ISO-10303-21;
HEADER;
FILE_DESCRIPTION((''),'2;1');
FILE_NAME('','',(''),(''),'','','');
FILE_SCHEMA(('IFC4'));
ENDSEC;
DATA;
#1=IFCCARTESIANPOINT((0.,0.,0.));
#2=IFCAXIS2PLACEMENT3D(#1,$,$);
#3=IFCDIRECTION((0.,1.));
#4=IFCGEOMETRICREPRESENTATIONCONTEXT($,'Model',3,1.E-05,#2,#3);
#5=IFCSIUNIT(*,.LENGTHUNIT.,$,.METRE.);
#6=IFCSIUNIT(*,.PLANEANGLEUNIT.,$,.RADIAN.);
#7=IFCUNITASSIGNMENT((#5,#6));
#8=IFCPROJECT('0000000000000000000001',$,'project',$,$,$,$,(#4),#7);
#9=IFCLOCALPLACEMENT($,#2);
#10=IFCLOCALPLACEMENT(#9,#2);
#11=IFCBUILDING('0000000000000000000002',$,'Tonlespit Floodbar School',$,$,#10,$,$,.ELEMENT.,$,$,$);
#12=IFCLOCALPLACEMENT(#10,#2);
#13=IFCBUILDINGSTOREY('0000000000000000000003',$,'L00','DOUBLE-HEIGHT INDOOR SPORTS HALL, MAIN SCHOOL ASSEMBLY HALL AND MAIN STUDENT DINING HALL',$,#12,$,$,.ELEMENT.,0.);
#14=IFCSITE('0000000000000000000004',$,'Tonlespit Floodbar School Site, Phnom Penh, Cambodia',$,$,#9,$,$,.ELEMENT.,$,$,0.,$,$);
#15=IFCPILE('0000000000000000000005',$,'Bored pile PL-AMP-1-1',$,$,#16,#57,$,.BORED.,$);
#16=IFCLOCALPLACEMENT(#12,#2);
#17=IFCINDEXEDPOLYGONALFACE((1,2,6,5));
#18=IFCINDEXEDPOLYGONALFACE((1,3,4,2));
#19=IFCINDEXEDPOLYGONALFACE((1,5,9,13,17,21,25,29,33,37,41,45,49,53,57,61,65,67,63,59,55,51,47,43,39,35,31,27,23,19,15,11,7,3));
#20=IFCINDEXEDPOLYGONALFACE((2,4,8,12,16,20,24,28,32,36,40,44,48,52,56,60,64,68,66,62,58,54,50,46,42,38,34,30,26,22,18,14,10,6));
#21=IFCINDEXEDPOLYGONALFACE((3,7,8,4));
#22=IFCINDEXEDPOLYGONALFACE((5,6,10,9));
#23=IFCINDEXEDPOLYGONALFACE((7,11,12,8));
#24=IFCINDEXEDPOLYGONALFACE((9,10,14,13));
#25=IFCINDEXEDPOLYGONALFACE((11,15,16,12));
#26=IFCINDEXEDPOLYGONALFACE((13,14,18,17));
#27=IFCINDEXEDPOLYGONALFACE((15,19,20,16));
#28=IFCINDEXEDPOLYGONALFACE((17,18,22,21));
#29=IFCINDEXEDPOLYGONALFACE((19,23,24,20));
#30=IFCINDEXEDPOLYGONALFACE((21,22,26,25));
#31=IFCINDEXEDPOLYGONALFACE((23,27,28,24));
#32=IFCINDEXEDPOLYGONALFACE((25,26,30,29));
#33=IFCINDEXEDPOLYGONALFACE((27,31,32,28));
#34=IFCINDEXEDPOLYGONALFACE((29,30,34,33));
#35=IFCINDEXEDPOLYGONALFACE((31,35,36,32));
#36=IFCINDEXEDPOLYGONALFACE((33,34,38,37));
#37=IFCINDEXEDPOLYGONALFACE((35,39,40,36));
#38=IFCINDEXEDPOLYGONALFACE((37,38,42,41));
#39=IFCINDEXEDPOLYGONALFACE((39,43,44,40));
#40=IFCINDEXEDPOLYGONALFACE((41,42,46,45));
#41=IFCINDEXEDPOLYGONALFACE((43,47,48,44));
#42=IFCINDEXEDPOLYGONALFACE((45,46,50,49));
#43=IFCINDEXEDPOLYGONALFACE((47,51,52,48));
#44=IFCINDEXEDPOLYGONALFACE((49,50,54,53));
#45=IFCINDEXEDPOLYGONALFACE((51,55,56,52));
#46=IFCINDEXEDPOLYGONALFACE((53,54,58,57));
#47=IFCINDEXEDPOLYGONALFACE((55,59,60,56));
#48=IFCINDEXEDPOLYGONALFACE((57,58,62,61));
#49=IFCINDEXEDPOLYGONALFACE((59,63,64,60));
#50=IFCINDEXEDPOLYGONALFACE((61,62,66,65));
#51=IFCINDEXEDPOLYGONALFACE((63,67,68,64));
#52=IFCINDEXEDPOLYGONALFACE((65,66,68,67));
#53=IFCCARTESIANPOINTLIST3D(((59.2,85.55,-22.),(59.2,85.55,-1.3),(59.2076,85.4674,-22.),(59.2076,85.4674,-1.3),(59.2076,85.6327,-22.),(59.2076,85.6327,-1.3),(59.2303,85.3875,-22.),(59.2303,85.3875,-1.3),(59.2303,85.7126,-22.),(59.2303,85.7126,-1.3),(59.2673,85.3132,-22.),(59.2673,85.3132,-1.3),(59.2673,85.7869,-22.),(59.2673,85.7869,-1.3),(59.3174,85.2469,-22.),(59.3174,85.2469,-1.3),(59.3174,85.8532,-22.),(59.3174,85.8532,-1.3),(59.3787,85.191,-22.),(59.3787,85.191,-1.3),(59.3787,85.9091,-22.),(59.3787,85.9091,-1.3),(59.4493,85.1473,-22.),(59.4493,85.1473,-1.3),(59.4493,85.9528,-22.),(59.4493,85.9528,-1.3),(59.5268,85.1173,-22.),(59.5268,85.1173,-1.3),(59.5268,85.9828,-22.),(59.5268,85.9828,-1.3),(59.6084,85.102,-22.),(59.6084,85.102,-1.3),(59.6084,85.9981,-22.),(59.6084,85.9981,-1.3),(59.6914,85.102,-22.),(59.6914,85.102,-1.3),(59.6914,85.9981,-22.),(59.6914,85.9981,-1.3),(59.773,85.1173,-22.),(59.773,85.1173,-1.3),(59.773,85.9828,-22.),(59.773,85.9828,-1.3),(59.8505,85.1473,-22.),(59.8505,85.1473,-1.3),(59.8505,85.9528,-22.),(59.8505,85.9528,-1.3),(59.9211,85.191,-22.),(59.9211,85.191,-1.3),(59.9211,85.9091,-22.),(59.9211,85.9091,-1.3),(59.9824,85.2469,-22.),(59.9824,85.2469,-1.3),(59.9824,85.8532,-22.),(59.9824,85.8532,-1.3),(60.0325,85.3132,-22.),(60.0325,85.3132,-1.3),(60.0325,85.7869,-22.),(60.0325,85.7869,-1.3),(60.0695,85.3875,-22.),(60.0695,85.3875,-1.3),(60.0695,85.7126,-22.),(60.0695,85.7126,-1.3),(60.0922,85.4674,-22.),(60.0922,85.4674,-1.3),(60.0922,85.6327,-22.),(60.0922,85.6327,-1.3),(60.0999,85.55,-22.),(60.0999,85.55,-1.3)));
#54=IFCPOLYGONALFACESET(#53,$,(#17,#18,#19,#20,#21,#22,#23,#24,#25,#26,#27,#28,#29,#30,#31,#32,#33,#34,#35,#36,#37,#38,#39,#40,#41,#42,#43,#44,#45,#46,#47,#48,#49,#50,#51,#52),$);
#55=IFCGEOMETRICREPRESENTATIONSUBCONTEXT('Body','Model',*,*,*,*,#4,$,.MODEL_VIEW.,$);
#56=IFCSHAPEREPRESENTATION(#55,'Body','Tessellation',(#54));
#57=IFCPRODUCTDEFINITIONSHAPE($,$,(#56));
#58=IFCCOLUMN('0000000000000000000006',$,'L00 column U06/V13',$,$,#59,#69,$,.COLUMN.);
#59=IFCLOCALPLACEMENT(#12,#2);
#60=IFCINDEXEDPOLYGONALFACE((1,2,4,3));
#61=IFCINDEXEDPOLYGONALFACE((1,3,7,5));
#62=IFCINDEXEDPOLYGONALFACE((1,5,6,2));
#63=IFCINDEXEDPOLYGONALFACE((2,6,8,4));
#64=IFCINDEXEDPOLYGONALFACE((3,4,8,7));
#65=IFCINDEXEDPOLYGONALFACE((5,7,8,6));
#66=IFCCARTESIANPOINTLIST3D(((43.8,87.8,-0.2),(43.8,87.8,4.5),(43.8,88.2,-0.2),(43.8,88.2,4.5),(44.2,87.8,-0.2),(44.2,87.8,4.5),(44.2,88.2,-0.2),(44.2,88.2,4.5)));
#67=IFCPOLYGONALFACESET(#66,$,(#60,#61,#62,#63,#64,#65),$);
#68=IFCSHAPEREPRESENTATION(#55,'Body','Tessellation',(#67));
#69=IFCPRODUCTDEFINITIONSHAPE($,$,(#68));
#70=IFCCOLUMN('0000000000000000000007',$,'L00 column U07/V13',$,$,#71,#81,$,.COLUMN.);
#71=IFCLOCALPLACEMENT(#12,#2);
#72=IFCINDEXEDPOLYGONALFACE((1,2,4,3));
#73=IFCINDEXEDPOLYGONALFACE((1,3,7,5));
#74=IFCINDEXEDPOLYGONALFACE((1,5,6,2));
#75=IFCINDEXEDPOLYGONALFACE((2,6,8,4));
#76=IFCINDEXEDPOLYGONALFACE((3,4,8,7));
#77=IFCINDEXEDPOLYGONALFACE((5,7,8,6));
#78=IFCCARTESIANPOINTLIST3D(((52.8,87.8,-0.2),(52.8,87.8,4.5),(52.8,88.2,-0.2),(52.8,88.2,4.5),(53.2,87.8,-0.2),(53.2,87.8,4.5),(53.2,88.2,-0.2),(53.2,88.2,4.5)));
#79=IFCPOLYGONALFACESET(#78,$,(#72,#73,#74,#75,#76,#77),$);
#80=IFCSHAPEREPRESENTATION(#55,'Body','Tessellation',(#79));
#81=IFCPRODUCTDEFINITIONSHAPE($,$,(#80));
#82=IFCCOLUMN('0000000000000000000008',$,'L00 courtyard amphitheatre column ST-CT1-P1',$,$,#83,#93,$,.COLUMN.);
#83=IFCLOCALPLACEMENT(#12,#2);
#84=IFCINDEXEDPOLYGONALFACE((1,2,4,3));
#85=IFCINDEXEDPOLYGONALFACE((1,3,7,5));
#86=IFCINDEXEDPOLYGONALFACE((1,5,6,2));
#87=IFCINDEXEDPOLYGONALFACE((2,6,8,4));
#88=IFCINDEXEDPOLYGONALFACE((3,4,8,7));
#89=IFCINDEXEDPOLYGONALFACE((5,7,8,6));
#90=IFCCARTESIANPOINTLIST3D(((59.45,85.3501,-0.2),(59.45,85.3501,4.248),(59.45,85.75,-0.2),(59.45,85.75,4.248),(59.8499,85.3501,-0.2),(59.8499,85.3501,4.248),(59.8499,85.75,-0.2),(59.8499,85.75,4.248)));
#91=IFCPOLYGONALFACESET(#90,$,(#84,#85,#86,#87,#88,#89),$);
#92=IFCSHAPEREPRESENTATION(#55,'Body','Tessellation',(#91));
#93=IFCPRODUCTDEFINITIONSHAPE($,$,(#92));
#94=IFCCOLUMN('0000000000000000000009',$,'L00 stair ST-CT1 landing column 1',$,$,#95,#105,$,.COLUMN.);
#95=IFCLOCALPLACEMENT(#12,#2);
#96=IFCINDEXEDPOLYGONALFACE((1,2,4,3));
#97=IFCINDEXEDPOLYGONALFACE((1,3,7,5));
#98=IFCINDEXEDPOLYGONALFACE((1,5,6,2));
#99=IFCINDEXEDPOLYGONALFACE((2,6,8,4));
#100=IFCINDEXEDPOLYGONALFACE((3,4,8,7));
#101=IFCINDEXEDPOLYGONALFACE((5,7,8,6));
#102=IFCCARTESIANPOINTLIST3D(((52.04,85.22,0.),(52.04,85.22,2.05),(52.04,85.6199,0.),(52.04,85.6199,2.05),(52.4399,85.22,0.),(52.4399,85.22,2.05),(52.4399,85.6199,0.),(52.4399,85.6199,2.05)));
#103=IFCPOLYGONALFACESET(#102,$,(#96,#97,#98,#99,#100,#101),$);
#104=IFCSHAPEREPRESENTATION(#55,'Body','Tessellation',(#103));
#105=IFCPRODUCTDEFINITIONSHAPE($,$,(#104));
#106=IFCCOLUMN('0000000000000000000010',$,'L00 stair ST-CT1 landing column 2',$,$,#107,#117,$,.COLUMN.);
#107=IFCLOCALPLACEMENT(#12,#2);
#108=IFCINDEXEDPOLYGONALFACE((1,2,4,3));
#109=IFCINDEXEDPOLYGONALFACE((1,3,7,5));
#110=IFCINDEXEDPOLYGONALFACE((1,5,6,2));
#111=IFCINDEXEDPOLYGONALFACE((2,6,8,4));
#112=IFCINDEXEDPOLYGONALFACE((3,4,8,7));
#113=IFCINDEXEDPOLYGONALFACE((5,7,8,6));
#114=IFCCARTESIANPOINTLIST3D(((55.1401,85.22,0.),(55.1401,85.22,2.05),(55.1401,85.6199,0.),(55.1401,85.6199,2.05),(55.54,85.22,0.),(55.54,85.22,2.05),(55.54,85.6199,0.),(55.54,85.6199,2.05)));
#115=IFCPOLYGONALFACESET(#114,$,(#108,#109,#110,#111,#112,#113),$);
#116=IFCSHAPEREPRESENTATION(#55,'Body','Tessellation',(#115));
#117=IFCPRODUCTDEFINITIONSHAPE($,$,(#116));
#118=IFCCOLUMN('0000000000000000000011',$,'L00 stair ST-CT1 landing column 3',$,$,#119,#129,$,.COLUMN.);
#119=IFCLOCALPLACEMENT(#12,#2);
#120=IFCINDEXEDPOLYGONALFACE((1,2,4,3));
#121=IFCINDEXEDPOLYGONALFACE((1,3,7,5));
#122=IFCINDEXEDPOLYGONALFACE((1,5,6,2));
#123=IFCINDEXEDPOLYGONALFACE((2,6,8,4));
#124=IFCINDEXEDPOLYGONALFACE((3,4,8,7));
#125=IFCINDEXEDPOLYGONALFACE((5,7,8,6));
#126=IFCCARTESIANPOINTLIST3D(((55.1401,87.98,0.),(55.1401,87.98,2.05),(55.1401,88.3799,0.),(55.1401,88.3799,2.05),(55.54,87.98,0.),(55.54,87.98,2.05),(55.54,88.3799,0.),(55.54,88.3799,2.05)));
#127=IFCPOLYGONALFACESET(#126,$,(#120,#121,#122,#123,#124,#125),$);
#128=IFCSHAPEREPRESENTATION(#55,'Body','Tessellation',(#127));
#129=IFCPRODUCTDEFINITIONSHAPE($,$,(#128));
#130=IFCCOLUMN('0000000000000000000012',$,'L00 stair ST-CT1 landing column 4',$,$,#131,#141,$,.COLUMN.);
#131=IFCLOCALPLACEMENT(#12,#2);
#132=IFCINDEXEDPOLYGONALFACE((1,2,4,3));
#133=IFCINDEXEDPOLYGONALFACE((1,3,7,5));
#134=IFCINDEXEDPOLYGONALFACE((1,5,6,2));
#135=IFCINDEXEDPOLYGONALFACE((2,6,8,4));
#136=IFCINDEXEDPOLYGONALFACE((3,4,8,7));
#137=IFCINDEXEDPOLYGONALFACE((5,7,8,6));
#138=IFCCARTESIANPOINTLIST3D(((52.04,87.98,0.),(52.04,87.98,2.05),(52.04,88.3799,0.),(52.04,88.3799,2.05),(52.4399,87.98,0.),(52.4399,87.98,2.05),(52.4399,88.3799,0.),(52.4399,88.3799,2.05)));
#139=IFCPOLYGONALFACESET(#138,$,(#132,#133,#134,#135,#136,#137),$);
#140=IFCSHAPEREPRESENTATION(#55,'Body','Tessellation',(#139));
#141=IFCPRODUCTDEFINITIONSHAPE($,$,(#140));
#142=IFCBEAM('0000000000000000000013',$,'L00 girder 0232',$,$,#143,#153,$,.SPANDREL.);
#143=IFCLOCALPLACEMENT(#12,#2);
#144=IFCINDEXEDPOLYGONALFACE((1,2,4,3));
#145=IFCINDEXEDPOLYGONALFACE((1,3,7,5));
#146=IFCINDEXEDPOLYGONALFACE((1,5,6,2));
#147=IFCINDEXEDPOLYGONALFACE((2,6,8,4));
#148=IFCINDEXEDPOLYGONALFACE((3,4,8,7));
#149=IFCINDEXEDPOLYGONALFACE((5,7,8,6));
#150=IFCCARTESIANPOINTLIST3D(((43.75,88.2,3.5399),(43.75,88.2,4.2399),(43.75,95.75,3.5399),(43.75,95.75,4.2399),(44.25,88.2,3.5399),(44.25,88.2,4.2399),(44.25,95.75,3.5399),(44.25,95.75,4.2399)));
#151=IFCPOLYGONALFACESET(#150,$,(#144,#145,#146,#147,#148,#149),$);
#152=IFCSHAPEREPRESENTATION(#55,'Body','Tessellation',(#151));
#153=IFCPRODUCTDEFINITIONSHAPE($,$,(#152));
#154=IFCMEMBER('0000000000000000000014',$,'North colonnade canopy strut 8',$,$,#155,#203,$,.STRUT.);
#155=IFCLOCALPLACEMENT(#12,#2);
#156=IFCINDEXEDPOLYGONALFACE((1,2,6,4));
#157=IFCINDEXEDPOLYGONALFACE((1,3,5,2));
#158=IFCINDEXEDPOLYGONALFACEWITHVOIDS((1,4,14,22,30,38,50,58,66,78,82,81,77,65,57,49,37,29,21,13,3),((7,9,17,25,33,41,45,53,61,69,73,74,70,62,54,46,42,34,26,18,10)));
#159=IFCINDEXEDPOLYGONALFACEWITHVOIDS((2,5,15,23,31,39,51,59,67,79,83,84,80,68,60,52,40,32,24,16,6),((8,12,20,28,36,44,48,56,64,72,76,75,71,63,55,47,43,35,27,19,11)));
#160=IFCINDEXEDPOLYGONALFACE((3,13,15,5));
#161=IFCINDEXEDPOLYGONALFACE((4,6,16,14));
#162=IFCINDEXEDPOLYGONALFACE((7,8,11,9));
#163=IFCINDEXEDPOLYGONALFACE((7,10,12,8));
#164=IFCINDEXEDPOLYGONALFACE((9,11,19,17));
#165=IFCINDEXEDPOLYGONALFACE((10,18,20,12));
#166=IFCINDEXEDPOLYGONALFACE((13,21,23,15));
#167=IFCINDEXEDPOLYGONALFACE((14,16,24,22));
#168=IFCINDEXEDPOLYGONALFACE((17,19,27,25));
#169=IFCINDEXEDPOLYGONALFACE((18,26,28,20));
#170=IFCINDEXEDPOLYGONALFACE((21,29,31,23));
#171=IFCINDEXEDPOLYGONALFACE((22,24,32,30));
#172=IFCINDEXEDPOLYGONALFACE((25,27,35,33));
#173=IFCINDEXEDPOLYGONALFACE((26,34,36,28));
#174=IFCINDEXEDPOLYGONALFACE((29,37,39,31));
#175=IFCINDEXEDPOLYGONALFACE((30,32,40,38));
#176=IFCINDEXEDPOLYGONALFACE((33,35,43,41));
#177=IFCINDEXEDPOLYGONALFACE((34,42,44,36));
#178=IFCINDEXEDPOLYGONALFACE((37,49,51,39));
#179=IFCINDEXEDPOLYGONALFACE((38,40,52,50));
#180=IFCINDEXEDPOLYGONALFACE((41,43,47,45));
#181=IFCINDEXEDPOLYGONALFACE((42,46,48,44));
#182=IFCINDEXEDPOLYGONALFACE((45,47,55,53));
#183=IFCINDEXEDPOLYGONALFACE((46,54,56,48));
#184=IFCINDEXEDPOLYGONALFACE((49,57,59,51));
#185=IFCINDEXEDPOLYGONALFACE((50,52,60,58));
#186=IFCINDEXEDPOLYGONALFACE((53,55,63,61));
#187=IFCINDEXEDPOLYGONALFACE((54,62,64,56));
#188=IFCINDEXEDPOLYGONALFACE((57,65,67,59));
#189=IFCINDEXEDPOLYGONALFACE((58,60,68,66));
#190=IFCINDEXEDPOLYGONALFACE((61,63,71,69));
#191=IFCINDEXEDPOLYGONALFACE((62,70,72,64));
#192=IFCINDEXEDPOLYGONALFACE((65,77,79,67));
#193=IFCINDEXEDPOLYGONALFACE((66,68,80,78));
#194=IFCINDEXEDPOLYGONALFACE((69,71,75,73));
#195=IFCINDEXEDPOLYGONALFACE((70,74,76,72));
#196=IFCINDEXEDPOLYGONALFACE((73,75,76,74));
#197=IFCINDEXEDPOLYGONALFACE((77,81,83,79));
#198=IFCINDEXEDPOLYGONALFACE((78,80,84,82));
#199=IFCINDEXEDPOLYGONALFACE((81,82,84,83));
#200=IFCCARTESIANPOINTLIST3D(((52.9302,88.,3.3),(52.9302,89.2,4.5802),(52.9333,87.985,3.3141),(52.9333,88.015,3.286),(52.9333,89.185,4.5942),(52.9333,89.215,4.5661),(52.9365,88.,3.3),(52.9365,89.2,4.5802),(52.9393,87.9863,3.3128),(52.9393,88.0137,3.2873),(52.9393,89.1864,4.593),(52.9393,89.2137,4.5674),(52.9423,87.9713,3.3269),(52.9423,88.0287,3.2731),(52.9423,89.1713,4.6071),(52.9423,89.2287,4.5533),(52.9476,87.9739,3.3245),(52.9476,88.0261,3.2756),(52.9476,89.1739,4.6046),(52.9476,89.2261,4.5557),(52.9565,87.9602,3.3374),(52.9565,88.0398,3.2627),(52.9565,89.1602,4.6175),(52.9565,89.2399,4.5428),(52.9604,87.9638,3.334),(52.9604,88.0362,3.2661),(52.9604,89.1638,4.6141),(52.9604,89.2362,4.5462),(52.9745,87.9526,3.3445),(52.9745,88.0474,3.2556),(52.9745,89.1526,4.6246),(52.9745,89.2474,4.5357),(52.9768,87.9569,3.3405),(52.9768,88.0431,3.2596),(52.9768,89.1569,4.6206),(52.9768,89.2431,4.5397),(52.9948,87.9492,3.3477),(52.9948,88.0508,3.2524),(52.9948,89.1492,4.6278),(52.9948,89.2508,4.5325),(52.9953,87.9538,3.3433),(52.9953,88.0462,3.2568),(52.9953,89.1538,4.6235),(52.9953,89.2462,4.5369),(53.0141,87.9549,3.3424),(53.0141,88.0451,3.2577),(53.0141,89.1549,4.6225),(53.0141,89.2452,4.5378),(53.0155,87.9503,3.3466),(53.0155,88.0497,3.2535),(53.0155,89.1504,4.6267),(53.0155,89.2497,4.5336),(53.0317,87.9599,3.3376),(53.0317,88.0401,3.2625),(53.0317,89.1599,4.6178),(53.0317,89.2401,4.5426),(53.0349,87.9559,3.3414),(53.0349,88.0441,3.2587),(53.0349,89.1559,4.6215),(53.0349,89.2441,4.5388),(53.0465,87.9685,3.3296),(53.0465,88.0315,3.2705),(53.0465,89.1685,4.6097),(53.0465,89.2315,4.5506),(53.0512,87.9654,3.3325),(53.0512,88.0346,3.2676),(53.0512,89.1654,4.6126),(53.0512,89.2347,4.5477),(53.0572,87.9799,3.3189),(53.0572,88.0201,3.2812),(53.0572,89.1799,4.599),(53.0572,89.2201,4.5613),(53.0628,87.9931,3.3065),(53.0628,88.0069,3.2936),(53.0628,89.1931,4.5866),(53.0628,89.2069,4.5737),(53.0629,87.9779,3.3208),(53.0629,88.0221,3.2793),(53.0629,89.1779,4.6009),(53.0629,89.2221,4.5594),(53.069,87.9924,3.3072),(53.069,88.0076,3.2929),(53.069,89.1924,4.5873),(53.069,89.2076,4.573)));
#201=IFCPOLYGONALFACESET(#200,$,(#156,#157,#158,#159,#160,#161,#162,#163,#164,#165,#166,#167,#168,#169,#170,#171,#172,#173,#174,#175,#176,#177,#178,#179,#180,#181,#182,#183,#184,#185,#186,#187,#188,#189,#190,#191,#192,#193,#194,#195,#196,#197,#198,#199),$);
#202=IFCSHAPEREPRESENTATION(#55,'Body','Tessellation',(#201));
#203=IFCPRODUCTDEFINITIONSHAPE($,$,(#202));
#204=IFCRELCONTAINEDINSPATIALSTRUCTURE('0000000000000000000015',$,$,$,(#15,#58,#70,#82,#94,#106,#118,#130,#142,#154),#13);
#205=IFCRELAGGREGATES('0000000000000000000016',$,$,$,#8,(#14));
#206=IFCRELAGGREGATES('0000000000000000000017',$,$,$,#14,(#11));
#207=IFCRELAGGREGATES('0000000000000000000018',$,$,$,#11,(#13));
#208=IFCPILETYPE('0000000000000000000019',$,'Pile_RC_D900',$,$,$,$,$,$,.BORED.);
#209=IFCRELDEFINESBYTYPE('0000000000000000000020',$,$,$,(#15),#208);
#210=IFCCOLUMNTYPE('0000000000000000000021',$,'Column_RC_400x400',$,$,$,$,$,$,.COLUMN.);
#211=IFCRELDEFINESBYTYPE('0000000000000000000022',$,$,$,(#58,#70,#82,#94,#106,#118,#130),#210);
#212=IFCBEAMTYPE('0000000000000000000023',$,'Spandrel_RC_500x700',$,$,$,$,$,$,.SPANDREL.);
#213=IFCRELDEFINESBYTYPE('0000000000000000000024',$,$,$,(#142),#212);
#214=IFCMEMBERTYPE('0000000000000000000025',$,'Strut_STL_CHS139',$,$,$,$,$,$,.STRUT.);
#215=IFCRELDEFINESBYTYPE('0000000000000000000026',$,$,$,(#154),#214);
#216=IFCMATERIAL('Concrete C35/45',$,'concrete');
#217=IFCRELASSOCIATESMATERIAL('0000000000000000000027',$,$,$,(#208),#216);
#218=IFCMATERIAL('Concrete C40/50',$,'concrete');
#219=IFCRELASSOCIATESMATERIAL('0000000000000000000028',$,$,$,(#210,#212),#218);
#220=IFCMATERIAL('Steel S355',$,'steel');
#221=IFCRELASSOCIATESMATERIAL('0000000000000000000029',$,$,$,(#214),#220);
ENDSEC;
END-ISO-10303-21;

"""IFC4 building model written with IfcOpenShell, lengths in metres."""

from ifc_helpers import new_model, si_unit, direction, frame, origin, origin_2d, place, context, subcontext, project, spatial, rectangle, circle, hollow_circle, extrude, material, material_profile, profile_set, type_object, element, save


model = new_model("IFC4")

# Units and contexts
model_context = context("Model", 3, precision=1e-05, world=origin(), true_north=direction((0.0, 1.0)))
body_context = subcontext(model_context, "Body", "Model", "MODEL_VIEW")
ifc_project = project(units=[si_unit("LENGTHUNIT", "METRE"), si_unit("PLANEANGLEUNIT", "RADIAN")], contexts=[model_context])

# Site, building, storey
site_placement = place(None, origin())
site = spatial("IfcSite", under=ifc_project, at=site_placement, Name="Tonlespit Floodbar School Site, Phnom Penh, Cambodia", CompositionType="ELEMENT", RefElevation=0.0)
building_placement = place(site_placement, origin())
building = spatial("IfcBuilding", under=site, at=building_placement, Name="Tonlespit Floodbar School", CompositionType="ELEMENT")
storey_placement = place(building_placement, origin())
storey = spatial("IfcBuildingStorey", under=building, at=storey_placement, Name="L00", Description="DOUBLE-HEIGHT INDOOR SPORTS HALL, MAIN SCHOOL ASSEMBLY HALL AND MAIN STUDENT DINING HALL", CompositionType="ELEMENT", Elevation=0.0)

# Shared definitions
ifc_material_1 = material(Name="Concrete C40/50", Category="concrete")

# Pile
ifc_material_2 = material(Name="Concrete C35/45", Category="concrete")
ifc_material_profile_1 = material_profile(ifc_material_2, circle(Radius=0.45, at=origin_2d()), Name="BP D900")
ifc_profile_set_1 = profile_set([ifc_material_profile_1], Name="Concrete C35/45")
pile_type = type_object("IfcPileType", Name="Pile_RC_D900", PredefinedType="BORED", material=ifc_profile_set_1)
for number, where, z_axis, x_axis, name in (
    (1, (59.6499, 85.55, -1.3), (0.0, 0.0, -1.0), (1.0, 0.0, 0.0), "Bored pile PL-AMP-1-1"),
):
    element("IfcPile", number, at=place(storey_placement, frame(where, z_axis=z_axis, x_axis=x_axis)), inside=storey, type_object=pile_type, Name=name, PredefinedType="BORED", context=body_context, shape_type="SweptSolid", body=[
        extrude(circle(Radius=0.45, at=origin_2d()), origin(), (0.0, 0.0, 1.0), 20.7),
    ])

# Columns
ifc_material_profile_2 = material_profile(ifc_material_1, rectangle(XDim=0.3999, YDim=0.3999, at=origin_2d()), Name="RC 400x400")
ifc_profile_set_2 = profile_set([ifc_material_profile_2], Name="Concrete C40/50")
column_type = type_object("IfcColumnType", Name="Column_RC_400x400", PredefinedType="COLUMN", material=ifc_profile_set_2)
for number, where, z_axis, x_axis, name in (
    (2, (44.0, 88.0, -0.2), (0.0, 0.0, 1.0), (1.0, 0.0, 0.0), "L00 column U06/V13"),
    (3, (53.0, 88.0, -0.2), (0.0, 0.0, 1.0), (1.0, 0.0, 0.0), "L00 column U07/V13"),
):
    element("IfcColumn", number, at=place(storey_placement, frame(where, z_axis=z_axis, x_axis=x_axis)), inside=storey, type_object=column_type, Name=name, PredefinedType="COLUMN", context=body_context, shape_type="SweptSolid", body=[
        extrude(rectangle(XDim=0.3999, YDim=0.3999, at=origin_2d()), origin(), (0.0, 0.0, 1.0), 4.7),
    ])
column_placement = place(storey_placement, frame((59.6499, 85.55, -0.2), z_axis=(0.0, 0.0, 1.0), x_axis=(1.0, 0.0, 0.0)))
element("IfcColumn", 4, at=column_placement, inside=storey, type_object=column_type, Name="L00 courtyard amphitheatre column ST-CT1-P1", PredefinedType="COLUMN", context=body_context, shape_type="SweptSolid", body=[
    extrude(rectangle(XDim=0.3999, YDim=0.3999, at=origin_2d()), origin(), (0.0, 0.0, 1.0), 4.448),
])
for number, where, z_axis, x_axis, name in (
    (5, (52.24, 85.4199, 0.0), (0.0, 0.0, 1.0), (1.0, 0.0, 0.0), "L00 stair ST-CT1 landing column 1"),
    (6, (55.3401, 85.4199, 0.0), (0.0, 0.0, 1.0), (1.0, 0.0, 0.0), "L00 stair ST-CT1 landing column 2"),
    (7, (55.3401, 88.1799, 0.0), (0.0, 0.0, 1.0), (1.0, 0.0, 0.0), "L00 stair ST-CT1 landing column 3"),
    (8, (52.24, 88.1799, 0.0), (0.0, 0.0, 1.0), (1.0, 0.0, 0.0), "L00 stair ST-CT1 landing column 4"),
):
    element("IfcColumn", number, at=place(storey_placement, frame(where, z_axis=z_axis, x_axis=x_axis)), inside=storey, type_object=column_type, Name=name, PredefinedType="COLUMN", context=body_context, shape_type="SweptSolid", body=[
        extrude(rectangle(XDim=0.3999, YDim=0.3999, at=origin_2d()), origin(), (0.0, 0.0, 1.0), 2.05),
    ])

# Beam
ifc_material_profile_3 = material_profile(ifc_material_1, rectangle(XDim=0.5, YDim=0.7, at=origin_2d()), Name="RC 500x700")
ifc_profile_set_3 = profile_set([ifc_material_profile_3], Name="Concrete C40/50")
beam_type = type_object("IfcBeamType", Name="Spandrel_RC_500x700", PredefinedType="SPANDREL", material=ifc_profile_set_3)
beam_placement = place(storey_placement, frame((44.0, 88.2, 3.8899), z_axis=(0.0, 1.0, 0.0), x_axis=(-1.0, 0.0, 0.0)))
element("IfcBeam", 9, at=beam_placement, inside=storey, type_object=beam_type, Name="L00 girder 0232", PredefinedType="SPANDREL", context=body_context, shape_type="SweptSolid", body=[
    extrude(rectangle(XDim=0.5, YDim=0.7, at=origin_2d()), origin(), (0.0, 0.0, 1.0), 7.55),
])

# Member
ifc_material_3 = material(Name="Steel S355", Category="steel")
ifc_material_profile_4 = material_profile(ifc_material_3, hollow_circle(Radius=0.0698, WallThickness=0.0063, at=origin_2d()), Name="CHS 139.7x6.3")
ifc_profile_set_4 = profile_set([ifc_material_profile_4], Name="Steel S355")
member_type = type_object("IfcMemberType", Name="Strut_STL_CHS139", PredefinedType="STRUT", material=ifc_profile_set_4)
member_placement = place(storey_placement, frame((53.0, 88.0, 3.3), z_axis=(0.0, 0.683918, 0.729559), x_axis=(-1.0, 0.0, 0.0)))
element("IfcMember", 10, at=member_placement, inside=storey, type_object=member_type, Name="North colonnade canopy strut 8", PredefinedType="STRUT", context=body_context, shape_type="SweptSolid", body=[
    extrude(hollow_circle(Radius=0.0698, WallThickness=0.0063, at=origin_2d()), origin(), (0.0, 0.0, 1.0), 1.7546),
])

save(model, "model.ifc")
